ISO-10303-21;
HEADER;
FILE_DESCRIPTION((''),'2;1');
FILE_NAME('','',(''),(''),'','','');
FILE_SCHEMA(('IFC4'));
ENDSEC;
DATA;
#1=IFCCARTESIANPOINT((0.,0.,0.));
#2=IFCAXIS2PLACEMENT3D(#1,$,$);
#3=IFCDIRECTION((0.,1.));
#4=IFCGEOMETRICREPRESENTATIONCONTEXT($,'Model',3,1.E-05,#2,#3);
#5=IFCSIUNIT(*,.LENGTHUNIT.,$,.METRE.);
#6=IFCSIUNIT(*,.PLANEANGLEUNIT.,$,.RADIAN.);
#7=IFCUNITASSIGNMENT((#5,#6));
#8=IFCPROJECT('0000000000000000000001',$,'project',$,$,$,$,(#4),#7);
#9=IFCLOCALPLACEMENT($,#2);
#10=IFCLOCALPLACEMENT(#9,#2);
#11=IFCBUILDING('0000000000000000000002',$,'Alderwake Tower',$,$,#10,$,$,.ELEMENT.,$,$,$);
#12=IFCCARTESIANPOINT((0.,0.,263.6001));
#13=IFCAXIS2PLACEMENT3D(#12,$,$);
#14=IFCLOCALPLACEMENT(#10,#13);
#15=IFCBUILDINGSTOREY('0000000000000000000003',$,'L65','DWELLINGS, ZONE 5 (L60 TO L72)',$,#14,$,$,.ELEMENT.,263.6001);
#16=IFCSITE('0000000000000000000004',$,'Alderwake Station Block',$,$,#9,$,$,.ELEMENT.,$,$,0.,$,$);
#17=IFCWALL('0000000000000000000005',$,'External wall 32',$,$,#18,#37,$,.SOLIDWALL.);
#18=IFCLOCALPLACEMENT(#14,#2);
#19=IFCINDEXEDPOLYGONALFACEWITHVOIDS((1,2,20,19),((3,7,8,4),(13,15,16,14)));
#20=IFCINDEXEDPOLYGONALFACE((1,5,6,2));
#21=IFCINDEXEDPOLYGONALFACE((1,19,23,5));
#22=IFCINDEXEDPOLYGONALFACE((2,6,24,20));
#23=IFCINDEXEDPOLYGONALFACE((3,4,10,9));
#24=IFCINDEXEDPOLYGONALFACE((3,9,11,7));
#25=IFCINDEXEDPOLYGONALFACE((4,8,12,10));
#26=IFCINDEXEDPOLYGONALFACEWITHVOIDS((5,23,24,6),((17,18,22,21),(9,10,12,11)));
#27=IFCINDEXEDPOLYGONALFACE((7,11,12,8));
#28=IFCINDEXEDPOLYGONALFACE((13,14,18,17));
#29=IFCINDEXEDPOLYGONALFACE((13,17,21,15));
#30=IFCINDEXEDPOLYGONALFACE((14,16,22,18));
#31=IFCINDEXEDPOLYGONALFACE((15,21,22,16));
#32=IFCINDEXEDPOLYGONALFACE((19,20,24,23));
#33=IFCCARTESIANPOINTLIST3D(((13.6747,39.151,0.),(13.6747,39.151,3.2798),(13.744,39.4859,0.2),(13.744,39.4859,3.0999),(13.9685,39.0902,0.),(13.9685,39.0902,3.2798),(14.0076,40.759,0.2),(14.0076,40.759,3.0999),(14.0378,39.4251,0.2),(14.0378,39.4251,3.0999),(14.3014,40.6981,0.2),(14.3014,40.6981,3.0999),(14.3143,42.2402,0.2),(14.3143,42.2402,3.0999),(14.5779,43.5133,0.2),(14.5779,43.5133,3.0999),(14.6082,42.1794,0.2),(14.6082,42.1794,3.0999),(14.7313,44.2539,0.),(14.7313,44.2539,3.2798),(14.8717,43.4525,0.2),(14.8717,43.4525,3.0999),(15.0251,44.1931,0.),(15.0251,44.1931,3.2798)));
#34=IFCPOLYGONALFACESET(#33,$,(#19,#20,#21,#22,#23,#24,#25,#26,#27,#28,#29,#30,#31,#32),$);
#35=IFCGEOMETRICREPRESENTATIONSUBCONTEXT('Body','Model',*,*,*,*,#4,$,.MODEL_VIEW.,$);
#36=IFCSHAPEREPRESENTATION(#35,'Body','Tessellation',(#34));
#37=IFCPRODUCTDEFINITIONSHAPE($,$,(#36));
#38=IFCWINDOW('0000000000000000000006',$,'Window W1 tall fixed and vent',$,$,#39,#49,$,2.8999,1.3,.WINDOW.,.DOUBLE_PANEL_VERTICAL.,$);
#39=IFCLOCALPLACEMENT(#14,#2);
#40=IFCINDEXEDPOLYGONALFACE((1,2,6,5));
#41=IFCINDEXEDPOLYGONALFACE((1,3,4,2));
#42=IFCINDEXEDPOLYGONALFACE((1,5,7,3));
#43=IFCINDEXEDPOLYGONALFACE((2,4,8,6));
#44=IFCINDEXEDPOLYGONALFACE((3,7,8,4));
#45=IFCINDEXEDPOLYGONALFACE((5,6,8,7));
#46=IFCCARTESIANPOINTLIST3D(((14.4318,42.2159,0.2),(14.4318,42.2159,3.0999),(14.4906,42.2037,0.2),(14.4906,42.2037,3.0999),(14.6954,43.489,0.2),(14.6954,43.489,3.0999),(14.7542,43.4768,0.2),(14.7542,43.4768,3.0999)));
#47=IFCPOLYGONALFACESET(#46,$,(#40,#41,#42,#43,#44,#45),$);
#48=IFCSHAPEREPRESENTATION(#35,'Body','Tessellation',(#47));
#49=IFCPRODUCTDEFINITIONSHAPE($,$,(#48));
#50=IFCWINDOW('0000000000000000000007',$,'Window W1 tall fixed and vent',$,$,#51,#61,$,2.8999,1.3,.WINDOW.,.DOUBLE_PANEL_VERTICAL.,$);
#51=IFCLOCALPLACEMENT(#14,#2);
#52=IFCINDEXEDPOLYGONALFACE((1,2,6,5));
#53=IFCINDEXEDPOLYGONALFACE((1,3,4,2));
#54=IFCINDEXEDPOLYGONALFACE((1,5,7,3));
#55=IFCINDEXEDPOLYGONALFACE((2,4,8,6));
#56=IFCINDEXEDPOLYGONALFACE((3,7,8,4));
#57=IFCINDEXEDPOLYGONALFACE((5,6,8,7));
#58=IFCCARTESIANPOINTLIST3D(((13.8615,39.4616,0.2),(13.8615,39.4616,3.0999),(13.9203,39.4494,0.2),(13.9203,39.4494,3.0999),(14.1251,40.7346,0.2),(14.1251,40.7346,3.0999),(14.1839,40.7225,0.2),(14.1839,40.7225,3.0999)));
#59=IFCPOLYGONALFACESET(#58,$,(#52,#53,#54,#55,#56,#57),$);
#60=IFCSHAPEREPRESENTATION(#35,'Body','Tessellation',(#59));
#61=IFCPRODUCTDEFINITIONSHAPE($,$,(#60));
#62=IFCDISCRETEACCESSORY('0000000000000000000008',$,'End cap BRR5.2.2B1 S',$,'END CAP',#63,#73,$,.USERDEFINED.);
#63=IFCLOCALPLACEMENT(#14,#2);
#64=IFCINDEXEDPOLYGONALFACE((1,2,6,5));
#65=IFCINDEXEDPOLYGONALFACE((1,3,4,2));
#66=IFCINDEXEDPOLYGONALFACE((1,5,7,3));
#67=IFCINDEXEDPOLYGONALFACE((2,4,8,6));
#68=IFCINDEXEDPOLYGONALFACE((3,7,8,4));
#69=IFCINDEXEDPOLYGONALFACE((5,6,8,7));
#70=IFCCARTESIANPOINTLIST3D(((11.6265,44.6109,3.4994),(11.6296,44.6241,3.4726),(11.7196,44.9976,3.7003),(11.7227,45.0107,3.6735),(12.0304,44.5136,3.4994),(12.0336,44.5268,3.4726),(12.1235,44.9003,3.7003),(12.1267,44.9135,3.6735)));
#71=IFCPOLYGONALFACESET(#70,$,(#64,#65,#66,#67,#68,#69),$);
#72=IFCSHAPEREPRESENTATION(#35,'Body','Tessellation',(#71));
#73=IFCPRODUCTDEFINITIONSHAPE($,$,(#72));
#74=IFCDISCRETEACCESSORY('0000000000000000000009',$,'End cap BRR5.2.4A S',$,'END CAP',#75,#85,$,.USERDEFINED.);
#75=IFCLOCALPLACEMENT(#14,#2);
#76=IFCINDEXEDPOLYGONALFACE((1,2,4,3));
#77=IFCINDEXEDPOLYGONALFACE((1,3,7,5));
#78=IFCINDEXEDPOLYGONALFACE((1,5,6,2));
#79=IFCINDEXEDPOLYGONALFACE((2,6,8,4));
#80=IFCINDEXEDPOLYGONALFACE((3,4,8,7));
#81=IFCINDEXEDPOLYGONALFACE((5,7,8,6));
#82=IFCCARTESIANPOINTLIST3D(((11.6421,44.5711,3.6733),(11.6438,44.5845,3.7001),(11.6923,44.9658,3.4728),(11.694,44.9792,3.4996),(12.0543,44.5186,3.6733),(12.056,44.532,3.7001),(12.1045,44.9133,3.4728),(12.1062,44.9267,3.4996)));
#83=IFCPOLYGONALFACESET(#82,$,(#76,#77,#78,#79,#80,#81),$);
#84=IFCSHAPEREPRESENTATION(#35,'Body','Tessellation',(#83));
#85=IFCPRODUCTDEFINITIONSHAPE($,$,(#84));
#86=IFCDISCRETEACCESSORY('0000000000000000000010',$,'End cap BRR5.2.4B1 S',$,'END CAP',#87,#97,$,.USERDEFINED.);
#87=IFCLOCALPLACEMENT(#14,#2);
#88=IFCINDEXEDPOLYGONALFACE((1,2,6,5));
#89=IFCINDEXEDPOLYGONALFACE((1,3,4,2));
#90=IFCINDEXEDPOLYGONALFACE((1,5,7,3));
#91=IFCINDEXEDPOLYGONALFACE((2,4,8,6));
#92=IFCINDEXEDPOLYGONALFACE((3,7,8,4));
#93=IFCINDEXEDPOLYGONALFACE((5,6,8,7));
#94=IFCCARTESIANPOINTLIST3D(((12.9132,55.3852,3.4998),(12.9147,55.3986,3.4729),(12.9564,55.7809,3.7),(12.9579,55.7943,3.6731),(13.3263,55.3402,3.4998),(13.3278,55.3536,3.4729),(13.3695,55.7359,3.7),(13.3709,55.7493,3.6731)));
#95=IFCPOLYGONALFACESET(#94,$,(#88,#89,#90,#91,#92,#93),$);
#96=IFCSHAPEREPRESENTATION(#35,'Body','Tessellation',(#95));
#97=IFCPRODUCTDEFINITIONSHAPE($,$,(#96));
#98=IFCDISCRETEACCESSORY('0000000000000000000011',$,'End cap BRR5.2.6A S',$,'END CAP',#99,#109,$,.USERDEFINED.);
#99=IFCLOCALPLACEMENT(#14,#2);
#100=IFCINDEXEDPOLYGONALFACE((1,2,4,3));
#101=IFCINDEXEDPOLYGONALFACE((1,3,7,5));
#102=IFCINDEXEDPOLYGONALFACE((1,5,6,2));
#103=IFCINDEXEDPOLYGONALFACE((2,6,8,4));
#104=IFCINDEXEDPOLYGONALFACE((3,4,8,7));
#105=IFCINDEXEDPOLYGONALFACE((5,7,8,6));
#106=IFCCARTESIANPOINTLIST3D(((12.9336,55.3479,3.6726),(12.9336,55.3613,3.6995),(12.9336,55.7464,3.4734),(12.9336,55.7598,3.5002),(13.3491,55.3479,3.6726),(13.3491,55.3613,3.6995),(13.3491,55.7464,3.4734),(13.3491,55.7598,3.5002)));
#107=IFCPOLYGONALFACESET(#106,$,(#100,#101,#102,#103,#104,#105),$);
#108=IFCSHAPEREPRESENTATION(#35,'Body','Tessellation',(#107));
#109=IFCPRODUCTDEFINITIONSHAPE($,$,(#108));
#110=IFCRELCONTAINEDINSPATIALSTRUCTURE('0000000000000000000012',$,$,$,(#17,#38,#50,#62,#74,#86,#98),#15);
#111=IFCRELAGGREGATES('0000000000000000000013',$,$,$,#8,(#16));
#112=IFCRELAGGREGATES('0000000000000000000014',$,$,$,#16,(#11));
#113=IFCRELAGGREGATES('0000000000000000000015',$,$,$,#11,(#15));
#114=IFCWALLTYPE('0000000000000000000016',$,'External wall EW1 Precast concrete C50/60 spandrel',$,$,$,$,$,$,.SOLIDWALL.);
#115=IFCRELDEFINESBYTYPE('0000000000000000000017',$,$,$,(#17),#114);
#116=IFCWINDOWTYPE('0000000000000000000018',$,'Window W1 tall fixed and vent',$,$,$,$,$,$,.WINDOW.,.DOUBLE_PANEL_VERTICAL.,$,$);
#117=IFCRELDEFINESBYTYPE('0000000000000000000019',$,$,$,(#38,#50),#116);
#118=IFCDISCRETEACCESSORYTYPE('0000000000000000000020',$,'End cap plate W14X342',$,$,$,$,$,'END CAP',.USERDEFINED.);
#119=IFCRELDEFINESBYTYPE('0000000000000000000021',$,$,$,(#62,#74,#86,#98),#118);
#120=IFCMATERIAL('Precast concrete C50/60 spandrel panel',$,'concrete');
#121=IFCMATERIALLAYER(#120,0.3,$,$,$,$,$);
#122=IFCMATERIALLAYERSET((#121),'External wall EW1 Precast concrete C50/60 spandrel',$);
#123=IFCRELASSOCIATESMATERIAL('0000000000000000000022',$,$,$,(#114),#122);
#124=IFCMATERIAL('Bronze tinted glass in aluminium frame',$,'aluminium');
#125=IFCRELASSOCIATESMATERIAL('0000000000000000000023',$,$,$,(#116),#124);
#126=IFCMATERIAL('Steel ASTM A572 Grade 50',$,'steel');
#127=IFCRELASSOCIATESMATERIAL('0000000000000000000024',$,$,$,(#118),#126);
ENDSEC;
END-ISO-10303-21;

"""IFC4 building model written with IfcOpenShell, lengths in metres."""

from ifc_helpers import new_model, si_unit, direction, frame, frame_2d, origin, origin_2d, place, context, subcontext, project, spatial, rectangle, extrude, material, layer, layer_set, material_profile, profile_set, type_object, element, fill, save


model = new_model("IFC4")

# Units and contexts
model_context = context("Model", 3, precision=1e-05, world=origin(), true_north=direction((0.0, 1.0)))
body_context = subcontext(model_context, "Body", "Model", "MODEL_VIEW")
ifc_project = project(units=[si_unit("LENGTHUNIT", "METRE"), si_unit("PLANEANGLEUNIT", "RADIAN")], contexts=[model_context])

# Site, building, storey
site_placement = place(None, origin())
site = spatial("IfcSite", under=ifc_project, at=site_placement, Name="Alderwake Station Block", CompositionType="ELEMENT", RefElevation=0.0)
building_placement = place(site_placement, origin())
building = spatial("IfcBuilding", under=site, at=building_placement, Name="Alderwake Tower", CompositionType="ELEMENT")
storey_placement = place(building_placement, frame((0.0, 0.0, 263.6001)))
storey = spatial("IfcBuildingStorey", under=building, at=storey_placement, Name="L65", Description="DWELLINGS, ZONE 5 (L60 TO L72)", CompositionType="ELEMENT", Elevation=263.6001)

# Wall, openings, windows
ifc_material_1 = material(Name="Precast concrete C50/60 spandrel panel", Category="concrete")
ifc_layer_1 = layer(ifc_material_1, 0.3)
ifc_layer_set_1 = layer_set([ifc_layer_1], Name="External wall EW1 Precast concrete C50/60 spandrel")
wall_type_1 = type_object("IfcWallType", Name="External wall EW1 Precast concrete C50/60 spandrel", PredefinedType="SOLIDWALL", material=ifc_layer_set_1)
wall_1_placement = place(storey_placement, frame((14.8782, 44.2234, 0.0), z_axis=(0.0, 0.0, 1.0), x_axis=(-0.202761, -0.979228, 0.0)))
wall_1 = element("IfcWall", 1, at=wall_1_placement, inside=storey, type_object=wall_type_1, Name="External wall 32", PredefinedType="SOLIDWALL", context=body_context, shape_type="SweptSolid", body=[
    extrude(rectangle(XDim=5.2112, YDim=0.3, at=frame_2d((2.6055, 0.0))), origin(), (0.0, 0.0, 1.0), 3.2798),
])
opening_1_placement = place(wall_1_placement, frame((0.7563, 0.0, 0.2)))
opening_1 = element("IfcOpeningElement", 2, at=opening_1_placement, cuts=wall_1, PredefinedType="OPENING", context=body_context, shape_type="SweptSolid", body=[
    extrude(rectangle(XDim=1.3, YDim=2.8999, at=frame_2d((0.6499, 1.45))), frame((0.0, 0.1599, 0.0), z_axis=(0.0, -1.0, 0.0), x_axis=(1.0, 0.0, 0.0)), (0.0, 0.0, 1.0), 0.3201),
])
opening_2_placement = place(wall_1_placement, frame((3.5691, 0.0, 0.2)))
opening_2 = element("IfcOpeningElement", 3, at=opening_2_placement, cuts=wall_1, PredefinedType="OPENING", context=body_context, shape_type="SweptSolid", body=[
    extrude(rectangle(XDim=1.3, YDim=2.8999, at=frame_2d((0.6499, 1.45))), frame((0.0, 0.1599, 0.0), z_axis=(0.0, -1.0, 0.0), x_axis=(1.0, 0.0, 0.0)), (0.0, 0.0, 1.0), 0.3201),
])
ifc_material_2 = material(Name="Bronze tinted glass in aluminium frame", Category="aluminium")
window_type = type_object("IfcWindowType", Name="Window W1 tall fixed and vent", PartitioningType="DOUBLE_PANEL_VERTICAL", PredefinedType="WINDOW", material=ifc_material_2)
window_1_placement = place(opening_1_placement, origin())
window_1 = element("IfcWindow", 4, at=window_1_placement, inside=storey, type_object=window_type, Name="Window W1 tall fixed and vent", OverallHeight=2.8999, OverallWidth=1.3, PartitioningType="DOUBLE_PANEL_VERTICAL", PredefinedType="WINDOW", context=body_context, shape_type="SweptSolid", body=[
    extrude(rectangle(XDim=1.3, YDim=2.8999, at=frame_2d((0.6499, 1.45))), frame((0.0, 0.03, 0.0), z_axis=(0.0, -1.0, 0.0), x_axis=(1.0, 0.0, 0.0)), (0.0, 0.0, 1.0), 0.0601),
])
fill(opening_1, window_1)
window_2_placement = place(opening_2_placement, origin())
window_2 = element("IfcWindow", 5, at=window_2_placement, inside=storey, type_object=window_type, Name="Window W1 tall fixed and vent", OverallHeight=2.8999, OverallWidth=1.3, PartitioningType="DOUBLE_PANEL_VERTICAL", PredefinedType="WINDOW", context=body_context, shape_type="SweptSolid", body=[
    extrude(rectangle(XDim=1.3, YDim=2.8999, at=frame_2d((0.6499, 1.45))), frame((0.0, 0.03, 0.0), z_axis=(0.0, -1.0, 0.0), x_axis=(1.0, 0.0, 0.0)), (0.0, 0.0, 1.0), 0.0601),
])
fill(opening_2, window_2)

# Discrete accessories
ifc_material_3 = material(Name="Steel ASTM A572 Grade 50", Category="steel")
ifc_material_profile = material_profile(ifc_material_3, rectangle(XDim=0.4155, YDim=0.4456, at=origin_2d()), Name="W14X342 cap")
ifc_profile_set = profile_set([ifc_material_profile], Name="Steel ASTM A572 Grade 50")
discrete_accessory_type = type_object("IfcDiscreteAccessoryType", Name="End cap plate W14X342", ElementType="END CAP", PredefinedType="USERDEFINED", material=ifc_profile_set)
for number, where, z_axis, x_axis, name in (
    (6, (11.875, 44.7556, 3.5999), (0.105496, 0.438214, -0.892658), (-0.972224, 0.234054, 0.0), "End cap BRR5.2.2B1 S"),
    (7, (11.875, 44.7556, 3.5999), (-0.056826, -0.446491, -0.892982), (0.991998, -0.126254, 0.0), "End cap BRR5.2.4A S"),
    (8, (13.1414, 55.5605, 3.5999), (0.048729, 0.446682, -0.893365), (-0.994102, 0.108448, 0.0), "End cap BRR5.2.4B1 S"),
    (9, (13.1414, 55.5605, 3.5999), (0.0, -0.447214, -0.894427), (1.0, 0.0, 0.0), "End cap BRR5.2.6A S"),
):
    element("IfcDiscreteAccessory", number, at=place(storey_placement, frame(where, z_axis=z_axis, x_axis=x_axis)), inside=storey, type_object=discrete_accessory_type, Name=name, ObjectType="END CAP", PredefinedType="USERDEFINED", context=body_context, shape_type="SweptSolid", body=[
        extrude(rectangle(XDim=0.4155, YDim=0.4456, at=origin_2d()), origin(), (0.0, 0.0, 1.0), 0.03),
    ])

save(model, "model.ifc")
